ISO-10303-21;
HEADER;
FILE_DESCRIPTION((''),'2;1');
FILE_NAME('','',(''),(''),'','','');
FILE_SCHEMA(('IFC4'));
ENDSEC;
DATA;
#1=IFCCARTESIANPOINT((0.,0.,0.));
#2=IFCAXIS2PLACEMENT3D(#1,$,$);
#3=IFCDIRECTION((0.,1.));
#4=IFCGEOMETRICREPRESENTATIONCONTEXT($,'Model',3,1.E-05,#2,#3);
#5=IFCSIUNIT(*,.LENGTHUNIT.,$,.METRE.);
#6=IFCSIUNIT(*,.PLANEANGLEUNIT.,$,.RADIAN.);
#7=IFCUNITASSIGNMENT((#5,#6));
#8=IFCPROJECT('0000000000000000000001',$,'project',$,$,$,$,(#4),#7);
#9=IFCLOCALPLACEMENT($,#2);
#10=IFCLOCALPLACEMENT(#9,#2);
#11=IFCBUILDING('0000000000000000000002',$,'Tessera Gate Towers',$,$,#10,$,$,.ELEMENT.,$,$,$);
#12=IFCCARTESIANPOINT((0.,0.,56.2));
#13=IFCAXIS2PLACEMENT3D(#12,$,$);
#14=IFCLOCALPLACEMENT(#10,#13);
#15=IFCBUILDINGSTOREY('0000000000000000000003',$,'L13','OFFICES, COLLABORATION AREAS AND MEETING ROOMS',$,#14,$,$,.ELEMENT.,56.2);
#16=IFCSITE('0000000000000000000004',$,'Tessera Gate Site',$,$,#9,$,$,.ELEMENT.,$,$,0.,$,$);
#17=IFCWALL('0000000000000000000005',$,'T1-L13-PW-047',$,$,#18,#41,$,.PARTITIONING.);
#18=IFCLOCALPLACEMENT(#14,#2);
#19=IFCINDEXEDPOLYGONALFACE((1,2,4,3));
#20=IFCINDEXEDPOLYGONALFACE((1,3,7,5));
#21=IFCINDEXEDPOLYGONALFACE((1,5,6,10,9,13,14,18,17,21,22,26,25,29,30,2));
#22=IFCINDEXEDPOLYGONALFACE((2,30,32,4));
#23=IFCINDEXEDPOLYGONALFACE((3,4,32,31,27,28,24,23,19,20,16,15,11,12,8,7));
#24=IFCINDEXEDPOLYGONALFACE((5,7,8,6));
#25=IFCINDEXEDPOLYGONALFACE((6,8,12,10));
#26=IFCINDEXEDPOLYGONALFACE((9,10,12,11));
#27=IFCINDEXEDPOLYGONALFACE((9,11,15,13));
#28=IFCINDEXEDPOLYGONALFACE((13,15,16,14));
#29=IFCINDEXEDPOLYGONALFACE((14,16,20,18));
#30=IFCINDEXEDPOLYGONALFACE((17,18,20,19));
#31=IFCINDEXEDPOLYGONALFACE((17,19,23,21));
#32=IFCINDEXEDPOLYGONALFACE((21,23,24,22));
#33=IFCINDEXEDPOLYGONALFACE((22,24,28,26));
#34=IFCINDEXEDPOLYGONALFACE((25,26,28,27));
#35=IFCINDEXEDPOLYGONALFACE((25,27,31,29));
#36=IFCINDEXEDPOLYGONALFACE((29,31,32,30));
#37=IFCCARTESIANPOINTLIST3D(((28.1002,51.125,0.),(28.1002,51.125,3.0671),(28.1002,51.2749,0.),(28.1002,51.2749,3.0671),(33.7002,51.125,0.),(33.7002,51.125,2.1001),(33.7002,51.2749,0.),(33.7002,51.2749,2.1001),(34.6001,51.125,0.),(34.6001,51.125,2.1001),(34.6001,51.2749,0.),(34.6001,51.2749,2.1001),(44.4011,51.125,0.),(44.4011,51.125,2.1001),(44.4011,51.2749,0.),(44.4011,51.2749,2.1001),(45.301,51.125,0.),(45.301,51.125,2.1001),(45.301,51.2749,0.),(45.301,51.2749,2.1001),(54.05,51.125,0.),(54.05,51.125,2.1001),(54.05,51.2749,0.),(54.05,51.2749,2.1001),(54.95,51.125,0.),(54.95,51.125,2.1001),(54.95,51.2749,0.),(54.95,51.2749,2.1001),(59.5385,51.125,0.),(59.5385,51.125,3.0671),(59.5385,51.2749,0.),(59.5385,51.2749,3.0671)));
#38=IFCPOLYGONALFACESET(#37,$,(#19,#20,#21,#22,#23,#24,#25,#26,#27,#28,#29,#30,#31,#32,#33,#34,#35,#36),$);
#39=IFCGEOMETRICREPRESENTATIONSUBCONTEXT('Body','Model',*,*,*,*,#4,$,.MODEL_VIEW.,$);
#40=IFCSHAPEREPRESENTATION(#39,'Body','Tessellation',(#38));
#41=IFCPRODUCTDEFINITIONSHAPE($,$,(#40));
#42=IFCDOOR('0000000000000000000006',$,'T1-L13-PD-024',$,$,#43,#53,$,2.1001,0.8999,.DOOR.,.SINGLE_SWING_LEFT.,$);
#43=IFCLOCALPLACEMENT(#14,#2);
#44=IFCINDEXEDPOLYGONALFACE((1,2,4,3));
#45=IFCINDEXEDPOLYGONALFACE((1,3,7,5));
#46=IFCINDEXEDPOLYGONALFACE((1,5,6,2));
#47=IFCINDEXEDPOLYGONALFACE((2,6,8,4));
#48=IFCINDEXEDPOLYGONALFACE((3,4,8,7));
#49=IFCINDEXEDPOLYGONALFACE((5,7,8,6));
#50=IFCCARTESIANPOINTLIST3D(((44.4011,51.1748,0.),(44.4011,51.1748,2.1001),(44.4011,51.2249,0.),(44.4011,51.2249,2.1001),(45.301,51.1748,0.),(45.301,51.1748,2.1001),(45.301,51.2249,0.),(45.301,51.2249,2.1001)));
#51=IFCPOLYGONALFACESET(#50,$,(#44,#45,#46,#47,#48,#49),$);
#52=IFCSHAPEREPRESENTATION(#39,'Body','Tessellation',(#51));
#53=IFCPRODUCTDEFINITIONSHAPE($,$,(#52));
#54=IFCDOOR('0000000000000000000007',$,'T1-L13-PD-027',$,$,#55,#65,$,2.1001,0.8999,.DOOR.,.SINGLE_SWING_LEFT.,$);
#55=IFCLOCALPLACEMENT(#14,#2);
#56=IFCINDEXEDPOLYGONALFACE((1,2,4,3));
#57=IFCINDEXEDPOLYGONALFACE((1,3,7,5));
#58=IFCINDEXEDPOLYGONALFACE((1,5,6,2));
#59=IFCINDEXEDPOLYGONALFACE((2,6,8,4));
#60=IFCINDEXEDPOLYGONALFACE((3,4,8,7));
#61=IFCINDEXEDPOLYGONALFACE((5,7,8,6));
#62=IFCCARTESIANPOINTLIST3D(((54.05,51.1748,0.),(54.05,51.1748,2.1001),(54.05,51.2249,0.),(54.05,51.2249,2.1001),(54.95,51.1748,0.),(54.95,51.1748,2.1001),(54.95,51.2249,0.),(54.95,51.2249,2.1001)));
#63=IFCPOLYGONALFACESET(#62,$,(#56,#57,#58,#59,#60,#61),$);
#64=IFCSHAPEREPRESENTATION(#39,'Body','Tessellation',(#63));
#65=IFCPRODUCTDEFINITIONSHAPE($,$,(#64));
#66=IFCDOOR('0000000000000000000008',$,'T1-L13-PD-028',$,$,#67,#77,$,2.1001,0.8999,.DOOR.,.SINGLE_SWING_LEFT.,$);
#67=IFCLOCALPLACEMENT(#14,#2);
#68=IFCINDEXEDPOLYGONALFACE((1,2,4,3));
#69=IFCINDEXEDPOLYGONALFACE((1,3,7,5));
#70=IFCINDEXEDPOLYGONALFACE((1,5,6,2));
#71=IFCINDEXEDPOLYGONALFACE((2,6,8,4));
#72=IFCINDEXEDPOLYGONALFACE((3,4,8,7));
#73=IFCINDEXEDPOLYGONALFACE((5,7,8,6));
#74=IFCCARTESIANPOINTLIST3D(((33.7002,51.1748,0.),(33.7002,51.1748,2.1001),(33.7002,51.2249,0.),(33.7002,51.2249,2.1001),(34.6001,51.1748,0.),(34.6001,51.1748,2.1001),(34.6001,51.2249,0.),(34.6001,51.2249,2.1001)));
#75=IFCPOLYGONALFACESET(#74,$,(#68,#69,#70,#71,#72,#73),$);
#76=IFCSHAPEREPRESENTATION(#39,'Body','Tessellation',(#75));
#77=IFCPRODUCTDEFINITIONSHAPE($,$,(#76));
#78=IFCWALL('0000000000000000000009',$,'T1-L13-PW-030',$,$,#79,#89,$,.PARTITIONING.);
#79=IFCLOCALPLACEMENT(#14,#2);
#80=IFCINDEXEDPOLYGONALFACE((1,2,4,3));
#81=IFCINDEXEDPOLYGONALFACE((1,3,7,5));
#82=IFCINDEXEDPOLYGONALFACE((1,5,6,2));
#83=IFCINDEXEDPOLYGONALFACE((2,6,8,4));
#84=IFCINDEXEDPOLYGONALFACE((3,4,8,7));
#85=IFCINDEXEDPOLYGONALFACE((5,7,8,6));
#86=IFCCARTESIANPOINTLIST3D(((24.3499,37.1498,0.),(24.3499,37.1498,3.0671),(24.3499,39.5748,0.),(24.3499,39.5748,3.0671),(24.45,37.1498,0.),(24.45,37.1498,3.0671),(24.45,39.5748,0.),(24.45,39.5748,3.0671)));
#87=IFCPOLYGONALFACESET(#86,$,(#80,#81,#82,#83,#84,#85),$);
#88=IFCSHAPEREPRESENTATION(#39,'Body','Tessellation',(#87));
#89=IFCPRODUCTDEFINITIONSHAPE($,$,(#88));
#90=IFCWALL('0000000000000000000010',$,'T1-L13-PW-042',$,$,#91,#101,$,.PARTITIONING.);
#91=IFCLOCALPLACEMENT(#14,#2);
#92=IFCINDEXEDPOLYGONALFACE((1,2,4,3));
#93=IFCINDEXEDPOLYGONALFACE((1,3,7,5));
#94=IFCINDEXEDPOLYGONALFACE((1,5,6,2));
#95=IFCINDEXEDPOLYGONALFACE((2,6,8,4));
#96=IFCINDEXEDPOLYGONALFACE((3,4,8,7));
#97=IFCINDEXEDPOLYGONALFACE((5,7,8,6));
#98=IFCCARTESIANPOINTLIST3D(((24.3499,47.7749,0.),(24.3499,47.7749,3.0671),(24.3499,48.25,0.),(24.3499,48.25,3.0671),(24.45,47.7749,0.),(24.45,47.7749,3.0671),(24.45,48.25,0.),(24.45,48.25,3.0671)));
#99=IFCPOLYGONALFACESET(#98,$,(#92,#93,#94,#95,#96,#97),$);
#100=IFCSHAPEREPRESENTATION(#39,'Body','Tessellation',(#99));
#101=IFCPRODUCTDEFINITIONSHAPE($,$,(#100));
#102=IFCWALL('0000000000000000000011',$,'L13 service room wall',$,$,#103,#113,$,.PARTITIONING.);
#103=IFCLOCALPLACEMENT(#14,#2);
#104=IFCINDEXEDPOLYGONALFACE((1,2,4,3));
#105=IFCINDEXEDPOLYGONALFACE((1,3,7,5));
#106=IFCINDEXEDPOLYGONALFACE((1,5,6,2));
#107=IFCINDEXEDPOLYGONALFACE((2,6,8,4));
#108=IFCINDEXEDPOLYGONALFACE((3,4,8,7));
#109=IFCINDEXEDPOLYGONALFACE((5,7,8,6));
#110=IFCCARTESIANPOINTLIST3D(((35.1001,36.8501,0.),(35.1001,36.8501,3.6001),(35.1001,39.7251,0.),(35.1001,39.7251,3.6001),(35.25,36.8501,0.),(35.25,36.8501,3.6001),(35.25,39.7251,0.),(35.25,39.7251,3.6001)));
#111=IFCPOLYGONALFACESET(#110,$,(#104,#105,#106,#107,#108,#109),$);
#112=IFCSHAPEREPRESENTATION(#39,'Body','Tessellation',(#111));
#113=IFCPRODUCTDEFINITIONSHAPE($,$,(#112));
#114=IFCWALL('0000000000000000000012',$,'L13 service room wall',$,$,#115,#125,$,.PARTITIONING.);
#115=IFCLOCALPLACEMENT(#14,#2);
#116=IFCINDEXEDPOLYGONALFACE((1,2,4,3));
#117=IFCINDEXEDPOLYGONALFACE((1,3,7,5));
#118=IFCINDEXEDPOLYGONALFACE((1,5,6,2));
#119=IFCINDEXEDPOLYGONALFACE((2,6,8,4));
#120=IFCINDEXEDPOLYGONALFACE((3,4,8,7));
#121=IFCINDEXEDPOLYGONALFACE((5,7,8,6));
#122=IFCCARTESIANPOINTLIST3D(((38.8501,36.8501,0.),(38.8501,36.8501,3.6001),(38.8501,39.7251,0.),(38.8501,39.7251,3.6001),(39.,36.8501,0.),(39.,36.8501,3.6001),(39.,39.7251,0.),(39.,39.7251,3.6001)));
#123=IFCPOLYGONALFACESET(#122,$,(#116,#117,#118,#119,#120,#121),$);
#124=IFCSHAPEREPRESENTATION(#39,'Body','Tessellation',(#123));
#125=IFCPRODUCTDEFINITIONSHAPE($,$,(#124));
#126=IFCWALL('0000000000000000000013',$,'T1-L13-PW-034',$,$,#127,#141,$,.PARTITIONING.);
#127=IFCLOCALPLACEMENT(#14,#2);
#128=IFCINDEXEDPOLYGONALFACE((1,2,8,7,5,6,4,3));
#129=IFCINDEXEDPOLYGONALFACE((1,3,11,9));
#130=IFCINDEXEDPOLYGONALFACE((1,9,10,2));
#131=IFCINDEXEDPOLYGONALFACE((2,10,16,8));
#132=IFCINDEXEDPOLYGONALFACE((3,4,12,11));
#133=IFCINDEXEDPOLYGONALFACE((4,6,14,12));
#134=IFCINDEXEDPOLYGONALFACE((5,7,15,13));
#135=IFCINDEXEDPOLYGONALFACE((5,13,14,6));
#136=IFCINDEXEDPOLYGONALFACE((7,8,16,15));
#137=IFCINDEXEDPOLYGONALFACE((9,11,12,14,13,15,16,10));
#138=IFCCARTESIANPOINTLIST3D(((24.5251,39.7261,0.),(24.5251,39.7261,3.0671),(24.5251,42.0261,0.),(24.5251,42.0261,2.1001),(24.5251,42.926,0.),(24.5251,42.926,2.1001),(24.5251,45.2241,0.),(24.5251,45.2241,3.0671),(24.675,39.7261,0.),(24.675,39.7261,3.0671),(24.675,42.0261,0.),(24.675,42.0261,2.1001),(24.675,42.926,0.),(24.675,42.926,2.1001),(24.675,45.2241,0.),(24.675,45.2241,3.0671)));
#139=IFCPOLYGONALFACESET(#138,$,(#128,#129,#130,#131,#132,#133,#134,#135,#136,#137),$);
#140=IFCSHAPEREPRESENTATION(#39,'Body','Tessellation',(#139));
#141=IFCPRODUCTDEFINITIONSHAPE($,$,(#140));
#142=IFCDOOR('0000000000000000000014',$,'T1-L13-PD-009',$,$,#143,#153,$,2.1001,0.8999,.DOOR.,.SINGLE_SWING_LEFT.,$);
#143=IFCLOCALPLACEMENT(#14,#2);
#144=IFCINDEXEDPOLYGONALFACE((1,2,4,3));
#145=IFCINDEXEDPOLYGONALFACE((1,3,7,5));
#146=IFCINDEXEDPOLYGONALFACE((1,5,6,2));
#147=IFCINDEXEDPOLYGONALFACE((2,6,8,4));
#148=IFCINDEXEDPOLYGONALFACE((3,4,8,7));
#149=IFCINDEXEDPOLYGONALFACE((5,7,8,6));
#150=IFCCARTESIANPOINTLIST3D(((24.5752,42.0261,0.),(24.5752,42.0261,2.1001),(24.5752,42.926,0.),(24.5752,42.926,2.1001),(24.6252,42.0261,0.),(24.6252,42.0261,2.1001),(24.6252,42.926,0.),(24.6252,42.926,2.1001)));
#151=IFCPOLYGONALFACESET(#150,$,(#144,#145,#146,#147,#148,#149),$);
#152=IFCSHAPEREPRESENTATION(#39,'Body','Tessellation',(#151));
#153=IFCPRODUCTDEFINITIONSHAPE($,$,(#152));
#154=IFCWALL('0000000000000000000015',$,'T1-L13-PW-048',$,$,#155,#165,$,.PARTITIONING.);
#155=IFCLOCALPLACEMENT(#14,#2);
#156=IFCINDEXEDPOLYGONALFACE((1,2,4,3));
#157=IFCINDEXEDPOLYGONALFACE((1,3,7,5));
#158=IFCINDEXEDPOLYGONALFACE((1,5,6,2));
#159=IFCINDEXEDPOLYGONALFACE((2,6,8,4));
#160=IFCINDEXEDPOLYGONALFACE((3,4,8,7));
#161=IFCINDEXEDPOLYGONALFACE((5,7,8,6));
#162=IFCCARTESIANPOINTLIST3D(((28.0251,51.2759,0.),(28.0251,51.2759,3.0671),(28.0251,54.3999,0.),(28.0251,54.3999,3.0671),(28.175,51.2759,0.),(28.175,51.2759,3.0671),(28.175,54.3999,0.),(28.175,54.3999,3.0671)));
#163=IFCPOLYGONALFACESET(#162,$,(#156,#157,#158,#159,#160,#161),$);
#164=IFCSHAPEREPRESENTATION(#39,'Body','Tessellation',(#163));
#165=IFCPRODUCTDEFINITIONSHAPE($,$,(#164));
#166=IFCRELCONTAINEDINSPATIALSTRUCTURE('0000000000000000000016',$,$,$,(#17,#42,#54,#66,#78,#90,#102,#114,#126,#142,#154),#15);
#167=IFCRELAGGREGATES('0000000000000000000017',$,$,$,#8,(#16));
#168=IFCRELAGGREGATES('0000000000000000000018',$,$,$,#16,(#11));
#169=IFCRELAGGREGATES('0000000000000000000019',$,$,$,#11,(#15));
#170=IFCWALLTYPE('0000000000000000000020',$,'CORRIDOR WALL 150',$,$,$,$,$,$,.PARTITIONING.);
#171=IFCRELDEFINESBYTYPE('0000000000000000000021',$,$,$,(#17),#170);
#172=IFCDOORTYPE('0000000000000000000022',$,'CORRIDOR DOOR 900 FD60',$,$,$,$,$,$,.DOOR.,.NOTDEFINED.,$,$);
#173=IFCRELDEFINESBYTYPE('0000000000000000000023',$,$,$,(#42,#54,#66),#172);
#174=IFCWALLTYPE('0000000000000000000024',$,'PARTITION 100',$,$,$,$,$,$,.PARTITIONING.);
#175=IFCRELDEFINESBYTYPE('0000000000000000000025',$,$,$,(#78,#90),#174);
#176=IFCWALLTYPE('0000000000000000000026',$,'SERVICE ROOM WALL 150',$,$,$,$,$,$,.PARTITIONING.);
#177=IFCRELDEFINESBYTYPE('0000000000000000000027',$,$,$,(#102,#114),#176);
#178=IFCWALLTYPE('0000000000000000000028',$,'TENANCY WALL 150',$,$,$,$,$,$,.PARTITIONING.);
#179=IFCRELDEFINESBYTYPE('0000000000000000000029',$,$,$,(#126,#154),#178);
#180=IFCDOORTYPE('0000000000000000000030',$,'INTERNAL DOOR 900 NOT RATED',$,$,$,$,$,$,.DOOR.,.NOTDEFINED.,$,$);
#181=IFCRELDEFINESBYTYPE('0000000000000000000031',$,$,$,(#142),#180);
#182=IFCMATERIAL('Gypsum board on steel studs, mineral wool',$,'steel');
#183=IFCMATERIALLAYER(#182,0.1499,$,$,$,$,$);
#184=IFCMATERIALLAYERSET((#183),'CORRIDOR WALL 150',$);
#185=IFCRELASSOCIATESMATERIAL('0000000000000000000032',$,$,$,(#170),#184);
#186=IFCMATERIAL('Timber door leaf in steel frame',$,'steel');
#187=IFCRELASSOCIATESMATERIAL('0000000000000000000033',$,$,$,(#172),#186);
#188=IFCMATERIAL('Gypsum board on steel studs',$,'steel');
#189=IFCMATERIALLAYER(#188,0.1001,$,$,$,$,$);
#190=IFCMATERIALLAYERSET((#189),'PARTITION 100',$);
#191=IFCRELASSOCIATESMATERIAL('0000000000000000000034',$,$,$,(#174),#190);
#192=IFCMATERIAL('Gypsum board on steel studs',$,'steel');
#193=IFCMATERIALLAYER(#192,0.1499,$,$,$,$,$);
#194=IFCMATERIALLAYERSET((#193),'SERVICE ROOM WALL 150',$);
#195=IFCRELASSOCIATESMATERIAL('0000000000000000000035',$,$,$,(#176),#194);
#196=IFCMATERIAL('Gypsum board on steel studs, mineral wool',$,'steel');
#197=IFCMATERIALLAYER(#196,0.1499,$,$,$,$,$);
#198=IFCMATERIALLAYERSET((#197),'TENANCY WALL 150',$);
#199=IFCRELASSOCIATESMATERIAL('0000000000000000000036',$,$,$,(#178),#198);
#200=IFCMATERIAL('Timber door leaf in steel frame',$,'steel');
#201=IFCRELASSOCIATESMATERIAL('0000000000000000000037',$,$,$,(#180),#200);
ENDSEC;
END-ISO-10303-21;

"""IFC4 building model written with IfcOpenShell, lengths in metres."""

from ifc_helpers import new_model, si_unit, direction, frame, frame_2d, origin, place, context, subcontext, project, spatial, rectangle, extrude, source, transform, mapped, material, layer, layer_set, type_object, element, fill, save


model = new_model("IFC4")

# Units and contexts
model_context = context("Model", 3, precision=1e-05, world=origin(), true_north=direction((0.0, 1.0)))
body_context = subcontext(model_context, "Body", "Model", "MODEL_VIEW")
ifc_project = project(units=[si_unit("LENGTHUNIT", "METRE"), si_unit("PLANEANGLEUNIT", "RADIAN")], contexts=[model_context])

# Site, building, storey
site_placement = place(None, origin())
site = spatial("IfcSite", under=ifc_project, at=site_placement, Name="Tessera Gate Site", CompositionType="ELEMENT", RefElevation=0.0)
building_placement = place(site_placement, origin())
building = spatial("IfcBuilding", under=site, at=building_placement, Name="Tessera Gate Towers", CompositionType="ELEMENT")
storey_placement = place(building_placement, frame((0.0, 0.0, 56.2)))
storey = spatial("IfcBuildingStorey", under=building, at=storey_placement, Name="L13", Description="OFFICES, COLLABORATION AREAS AND MEETING ROOMS", CompositionType="ELEMENT", Elevation=56.2)

# Shared definitions
shared_shape_1 = source(origin(), body_context, "Body", "SweptSolid", [
    extrude(rectangle(XDim=0.8999, YDim=2.1001, at=frame_2d((0.45, 1.05))), frame((0.0, 0.0249, 0.0), z_axis=(0.0, -1.0, 0.0), x_axis=(1.0, 0.0, 0.0)), (0.0, 0.0, 1.0), 0.05),
])

# Shared definitions
ifc_material_1 = material(Name="Gypsum board on steel studs, mineral wool", Category="steel")
ifc_layer_1 = layer(ifc_material_1, 0.1499)
ifc_layer_set_1 = layer_set([ifc_layer_1], Name="CORRIDOR WALL 150")
wall_type_1 = type_object("IfcWallType", Name="CORRIDOR WALL 150", PredefinedType="PARTITIONING", material=ifc_layer_set_1)

# Wall, openings, doors
wall_1_placement = place(storey_placement, frame((28.1001, 51.2, 0.0), z_axis=(0.0, 0.0, 1.0), x_axis=(1.0, 0.0, 0.0)))
wall_1 = element("IfcWall", 1, at=wall_1_placement, inside=storey, type_object=wall_type_1, Name="T1-L13-PW-047", PredefinedType="PARTITIONING", context=body_context, shape_type="SweptSolid", body=[
    extrude(rectangle(XDim=31.4382, YDim=0.1499, at=frame_2d((15.7192, 0.0))), origin(), (0.0, 0.0, 1.0), 3.0671),
])
shared_shape_2 = source(origin(), body_context, "Body", "SweptSolid", [
    extrude(rectangle(XDim=0.8999, YDim=2.1001, at=frame_2d((0.45, 1.05))), frame((0.0, 0.085, 0.0), z_axis=(0.0, -1.0, 0.0), x_axis=(1.0, 0.0, 0.0)), (0.0, 0.0, 1.0), 0.1699),
])
opening_1_placement = place(wall_1_placement, frame((16.301, 0.0, 0.0)))
opening_1 = element("IfcOpeningElement", 2, at=opening_1_placement, cuts=wall_1, PredefinedType="OPENING", context=body_context, shape_type="MappedRepresentation", body=[
    mapped(shared_shape_2, transform((0.0, 0.0, 0.0), scale=1.0)),
])
opening_2_placement = place(wall_1_placement, frame((25.95, 0.0, 0.0)))
opening_2 = element("IfcOpeningElement", 3, at=opening_2_placement, cuts=wall_1, PredefinedType="OPENING", context=body_context, shape_type="MappedRepresentation", body=[
    mapped(shared_shape_2, transform((0.0, 0.0, 0.0), scale=1.0)),
])
opening_3_placement = place(wall_1_placement, frame((5.6001, 0.0, 0.0)))
opening_3 = element("IfcOpeningElement", 4, at=opening_3_placement, cuts=wall_1, PredefinedType="OPENING", context=body_context, shape_type="MappedRepresentation", body=[
    mapped(shared_shape_2, transform((0.0, 0.0, 0.0), scale=1.0)),
])
ifc_material_2 = material(Name="Timber door leaf in steel frame", Category="steel")
door_type_1 = type_object("IfcDoorType", Name="CORRIDOR DOOR 900 FD60", OperationType="NOTDEFINED", PredefinedType="DOOR", material=ifc_material_2)
door_1_placement = place(opening_1_placement, origin())
door_1 = element("IfcDoor", 5, at=door_1_placement, inside=storey, type_object=door_type_1, Name="T1-L13-PD-024", OperationType="SINGLE_SWING_LEFT", OverallHeight=2.1001, OverallWidth=0.8999, PredefinedType="DOOR", context=body_context, shape_type="MappedRepresentation", body=[
    mapped(shared_shape_1, transform((0.0, 0.0, 0.0), scale=1.0)),
])
fill(opening_1, door_1)
door_2_placement = place(opening_2_placement, origin())
door_2 = element("IfcDoor", 6, at=door_2_placement, inside=storey, type_object=door_type_1, Name="T1-L13-PD-027", OperationType="SINGLE_SWING_LEFT", OverallHeight=2.1001, OverallWidth=0.8999, PredefinedType="DOOR", context=body_context, shape_type="MappedRepresentation", body=[
    mapped(shared_shape_1, transform((0.0, 0.0, 0.0), scale=1.0)),
])
fill(opening_2, door_2)
door_3_placement = place(opening_3_placement, origin())
door_3 = element("IfcDoor", 7, at=door_3_placement, inside=storey, type_object=door_type_1, Name="T1-L13-PD-028", OperationType="SINGLE_SWING_LEFT", OverallHeight=2.1001, OverallWidth=0.8999, PredefinedType="DOOR", context=body_context, shape_type="MappedRepresentation", body=[
    mapped(shared_shape_1, transform((0.0, 0.0, 0.0), scale=1.0)),
])
fill(opening_3, door_3)

# Walls
ifc_material_3 = material(Name="Gypsum board on steel studs", Category="steel")
ifc_layer_2 = layer(ifc_material_3, 0.1001)
ifc_layer_set_2 = layer_set([ifc_layer_2], Name="PARTITION 100")
wall_type_2 = type_object("IfcWallType", Name="PARTITION 100", PredefinedType="PARTITIONING", material=ifc_layer_set_2)
wall_2_placement = place(storey_placement, frame((24.3999, 37.1499, 0.0), z_axis=(0.0, 0.0, 1.0), x_axis=(0.0, 1.0, 0.0)))
element("IfcWall", 8, at=wall_2_placement, inside=storey, type_object=wall_type_2, Name="T1-L13-PW-030", PredefinedType="PARTITIONING", context=body_context, shape_type="SweptSolid", body=[
    extrude(rectangle(XDim=2.425, YDim=0.1001, at=frame_2d((1.2124, 0.0))), origin(), (0.0, 0.0, 1.0), 3.0671),
])
wall_3_placement = place(storey_placement, frame((24.3999, 48.25, 0.0), z_axis=(0.0, 0.0, 1.0), x_axis=(0.0, -1.0, 0.0)))
element("IfcWall", 9, at=wall_3_placement, inside=storey, type_object=wall_type_2, Name="T1-L13-PW-042", PredefinedType="PARTITIONING", context=body_context, shape_type="SweptSolid", body=[
    extrude(rectangle(XDim=0.4751, YDim=0.1001, at=frame_2d((0.2375, 0.0))), origin(), (0.0, 0.0, 1.0), 3.0671),
])
ifc_material_4 = material(Name="Gypsum board on steel studs", Category="steel")
ifc_layer_3 = layer(ifc_material_4, 0.1499)
ifc_layer_set_3 = layer_set([ifc_layer_3], Name="SERVICE ROOM WALL 150")
wall_type_3 = type_object("IfcWallType", Name="SERVICE ROOM WALL 150", PredefinedType="PARTITIONING", material=ifc_layer_set_3)
for number, where, z_axis, x_axis, name in (
    (10, (35.175, 36.8501, 0.0), (0.0, 0.0, 1.0), (0.0, 1.0, 0.0), "L13 service room wall"),
    (11, (38.925, 36.8501, 0.0), (0.0, 0.0, 1.0), (0.0, 1.0, 0.0), "L13 service room wall"),
):
    element("IfcWall", number, at=place(storey_placement, frame(where, z_axis=z_axis, x_axis=x_axis)), inside=storey, type_object=wall_type_3, Name=name, PredefinedType="PARTITIONING", context=body_context, shape_type="SweptSolid", body=[
        extrude(rectangle(XDim=2.875, YDim=0.1499, at=frame_2d((1.4375, 0.0))), origin(), (0.0, 0.0, 1.0), 3.6001),
    ])

# Wall, opening, door
ifc_material_5 = material(Name="Gypsum board on steel studs, mineral wool", Category="steel")
ifc_layer_4 = layer(ifc_material_5, 0.1499)
ifc_layer_set_4 = layer_set([ifc_layer_4], Name="TENANCY WALL 150")
wall_type_4 = type_object("IfcWallType", Name="TENANCY WALL 150", PredefinedType="PARTITIONING", material=ifc_layer_set_4)
wall_4_placement = place(storey_placement, frame((24.6001, 39.7261, 0.0), z_axis=(0.0, 0.0, 1.0), x_axis=(0.0, 1.0, 0.0)))
wall_4 = element("IfcWall", 12, at=wall_4_placement, inside=storey, type_object=wall_type_4, Name="T1-L13-PW-034", PredefinedType="PARTITIONING", context=body_context, shape_type="SweptSolid", body=[
    extrude(rectangle(XDim=5.498, YDim=0.1499, at=frame_2d((2.749, 0.0))), origin(), (0.0, 0.0, 1.0), 3.0671),
])
opening_4_placement = place(wall_4_placement, frame((2.3, 0.0, 0.0)))
opening_4 = element("IfcOpeningElement", 13, at=opening_4_placement, cuts=wall_4, PredefinedType="OPENING", context=body_context, shape_type="MappedRepresentation", body=[
    mapped(shared_shape_2, transform((0.0, 0.0, 0.0), scale=1.0)),
])
ifc_material_6 = material(Name="Timber door leaf in steel frame", Category="steel")
door_type_2 = type_object("IfcDoorType", Name="INTERNAL DOOR 900 NOT RATED", OperationType="NOTDEFINED", PredefinedType="DOOR", material=ifc_material_6)
door_4_placement = place(opening_4_placement, origin())
door_4 = element("IfcDoor", 14, at=door_4_placement, inside=storey, type_object=door_type_2, Name="T1-L13-PD-009", OperationType="SINGLE_SWING_LEFT", OverallHeight=2.1001, OverallWidth=0.8999, PredefinedType="DOOR", context=body_context, shape_type="MappedRepresentation", body=[
    mapped(shared_shape_1, transform((0.0, 0.0, 0.0), scale=1.0)),
])
fill(opening_4, door_4)

# Wall
wall_5_placement = place(storey_placement, frame((28.1001, 51.2759, 0.0), z_axis=(0.0, 0.0, 1.0), x_axis=(0.0, 1.0, 0.0)))
element("IfcWall", 15, at=wall_5_placement, inside=storey, type_object=wall_type_4, Name="T1-L13-PW-048", PredefinedType="PARTITIONING", context=body_context, shape_type="SweptSolid", body=[
    extrude(rectangle(XDim=3.124, YDim=0.1499, at=frame_2d((1.562, 0.0))), origin(), (0.0, 0.0, 1.0), 3.0671),
])

save(model, "model.ifc")
